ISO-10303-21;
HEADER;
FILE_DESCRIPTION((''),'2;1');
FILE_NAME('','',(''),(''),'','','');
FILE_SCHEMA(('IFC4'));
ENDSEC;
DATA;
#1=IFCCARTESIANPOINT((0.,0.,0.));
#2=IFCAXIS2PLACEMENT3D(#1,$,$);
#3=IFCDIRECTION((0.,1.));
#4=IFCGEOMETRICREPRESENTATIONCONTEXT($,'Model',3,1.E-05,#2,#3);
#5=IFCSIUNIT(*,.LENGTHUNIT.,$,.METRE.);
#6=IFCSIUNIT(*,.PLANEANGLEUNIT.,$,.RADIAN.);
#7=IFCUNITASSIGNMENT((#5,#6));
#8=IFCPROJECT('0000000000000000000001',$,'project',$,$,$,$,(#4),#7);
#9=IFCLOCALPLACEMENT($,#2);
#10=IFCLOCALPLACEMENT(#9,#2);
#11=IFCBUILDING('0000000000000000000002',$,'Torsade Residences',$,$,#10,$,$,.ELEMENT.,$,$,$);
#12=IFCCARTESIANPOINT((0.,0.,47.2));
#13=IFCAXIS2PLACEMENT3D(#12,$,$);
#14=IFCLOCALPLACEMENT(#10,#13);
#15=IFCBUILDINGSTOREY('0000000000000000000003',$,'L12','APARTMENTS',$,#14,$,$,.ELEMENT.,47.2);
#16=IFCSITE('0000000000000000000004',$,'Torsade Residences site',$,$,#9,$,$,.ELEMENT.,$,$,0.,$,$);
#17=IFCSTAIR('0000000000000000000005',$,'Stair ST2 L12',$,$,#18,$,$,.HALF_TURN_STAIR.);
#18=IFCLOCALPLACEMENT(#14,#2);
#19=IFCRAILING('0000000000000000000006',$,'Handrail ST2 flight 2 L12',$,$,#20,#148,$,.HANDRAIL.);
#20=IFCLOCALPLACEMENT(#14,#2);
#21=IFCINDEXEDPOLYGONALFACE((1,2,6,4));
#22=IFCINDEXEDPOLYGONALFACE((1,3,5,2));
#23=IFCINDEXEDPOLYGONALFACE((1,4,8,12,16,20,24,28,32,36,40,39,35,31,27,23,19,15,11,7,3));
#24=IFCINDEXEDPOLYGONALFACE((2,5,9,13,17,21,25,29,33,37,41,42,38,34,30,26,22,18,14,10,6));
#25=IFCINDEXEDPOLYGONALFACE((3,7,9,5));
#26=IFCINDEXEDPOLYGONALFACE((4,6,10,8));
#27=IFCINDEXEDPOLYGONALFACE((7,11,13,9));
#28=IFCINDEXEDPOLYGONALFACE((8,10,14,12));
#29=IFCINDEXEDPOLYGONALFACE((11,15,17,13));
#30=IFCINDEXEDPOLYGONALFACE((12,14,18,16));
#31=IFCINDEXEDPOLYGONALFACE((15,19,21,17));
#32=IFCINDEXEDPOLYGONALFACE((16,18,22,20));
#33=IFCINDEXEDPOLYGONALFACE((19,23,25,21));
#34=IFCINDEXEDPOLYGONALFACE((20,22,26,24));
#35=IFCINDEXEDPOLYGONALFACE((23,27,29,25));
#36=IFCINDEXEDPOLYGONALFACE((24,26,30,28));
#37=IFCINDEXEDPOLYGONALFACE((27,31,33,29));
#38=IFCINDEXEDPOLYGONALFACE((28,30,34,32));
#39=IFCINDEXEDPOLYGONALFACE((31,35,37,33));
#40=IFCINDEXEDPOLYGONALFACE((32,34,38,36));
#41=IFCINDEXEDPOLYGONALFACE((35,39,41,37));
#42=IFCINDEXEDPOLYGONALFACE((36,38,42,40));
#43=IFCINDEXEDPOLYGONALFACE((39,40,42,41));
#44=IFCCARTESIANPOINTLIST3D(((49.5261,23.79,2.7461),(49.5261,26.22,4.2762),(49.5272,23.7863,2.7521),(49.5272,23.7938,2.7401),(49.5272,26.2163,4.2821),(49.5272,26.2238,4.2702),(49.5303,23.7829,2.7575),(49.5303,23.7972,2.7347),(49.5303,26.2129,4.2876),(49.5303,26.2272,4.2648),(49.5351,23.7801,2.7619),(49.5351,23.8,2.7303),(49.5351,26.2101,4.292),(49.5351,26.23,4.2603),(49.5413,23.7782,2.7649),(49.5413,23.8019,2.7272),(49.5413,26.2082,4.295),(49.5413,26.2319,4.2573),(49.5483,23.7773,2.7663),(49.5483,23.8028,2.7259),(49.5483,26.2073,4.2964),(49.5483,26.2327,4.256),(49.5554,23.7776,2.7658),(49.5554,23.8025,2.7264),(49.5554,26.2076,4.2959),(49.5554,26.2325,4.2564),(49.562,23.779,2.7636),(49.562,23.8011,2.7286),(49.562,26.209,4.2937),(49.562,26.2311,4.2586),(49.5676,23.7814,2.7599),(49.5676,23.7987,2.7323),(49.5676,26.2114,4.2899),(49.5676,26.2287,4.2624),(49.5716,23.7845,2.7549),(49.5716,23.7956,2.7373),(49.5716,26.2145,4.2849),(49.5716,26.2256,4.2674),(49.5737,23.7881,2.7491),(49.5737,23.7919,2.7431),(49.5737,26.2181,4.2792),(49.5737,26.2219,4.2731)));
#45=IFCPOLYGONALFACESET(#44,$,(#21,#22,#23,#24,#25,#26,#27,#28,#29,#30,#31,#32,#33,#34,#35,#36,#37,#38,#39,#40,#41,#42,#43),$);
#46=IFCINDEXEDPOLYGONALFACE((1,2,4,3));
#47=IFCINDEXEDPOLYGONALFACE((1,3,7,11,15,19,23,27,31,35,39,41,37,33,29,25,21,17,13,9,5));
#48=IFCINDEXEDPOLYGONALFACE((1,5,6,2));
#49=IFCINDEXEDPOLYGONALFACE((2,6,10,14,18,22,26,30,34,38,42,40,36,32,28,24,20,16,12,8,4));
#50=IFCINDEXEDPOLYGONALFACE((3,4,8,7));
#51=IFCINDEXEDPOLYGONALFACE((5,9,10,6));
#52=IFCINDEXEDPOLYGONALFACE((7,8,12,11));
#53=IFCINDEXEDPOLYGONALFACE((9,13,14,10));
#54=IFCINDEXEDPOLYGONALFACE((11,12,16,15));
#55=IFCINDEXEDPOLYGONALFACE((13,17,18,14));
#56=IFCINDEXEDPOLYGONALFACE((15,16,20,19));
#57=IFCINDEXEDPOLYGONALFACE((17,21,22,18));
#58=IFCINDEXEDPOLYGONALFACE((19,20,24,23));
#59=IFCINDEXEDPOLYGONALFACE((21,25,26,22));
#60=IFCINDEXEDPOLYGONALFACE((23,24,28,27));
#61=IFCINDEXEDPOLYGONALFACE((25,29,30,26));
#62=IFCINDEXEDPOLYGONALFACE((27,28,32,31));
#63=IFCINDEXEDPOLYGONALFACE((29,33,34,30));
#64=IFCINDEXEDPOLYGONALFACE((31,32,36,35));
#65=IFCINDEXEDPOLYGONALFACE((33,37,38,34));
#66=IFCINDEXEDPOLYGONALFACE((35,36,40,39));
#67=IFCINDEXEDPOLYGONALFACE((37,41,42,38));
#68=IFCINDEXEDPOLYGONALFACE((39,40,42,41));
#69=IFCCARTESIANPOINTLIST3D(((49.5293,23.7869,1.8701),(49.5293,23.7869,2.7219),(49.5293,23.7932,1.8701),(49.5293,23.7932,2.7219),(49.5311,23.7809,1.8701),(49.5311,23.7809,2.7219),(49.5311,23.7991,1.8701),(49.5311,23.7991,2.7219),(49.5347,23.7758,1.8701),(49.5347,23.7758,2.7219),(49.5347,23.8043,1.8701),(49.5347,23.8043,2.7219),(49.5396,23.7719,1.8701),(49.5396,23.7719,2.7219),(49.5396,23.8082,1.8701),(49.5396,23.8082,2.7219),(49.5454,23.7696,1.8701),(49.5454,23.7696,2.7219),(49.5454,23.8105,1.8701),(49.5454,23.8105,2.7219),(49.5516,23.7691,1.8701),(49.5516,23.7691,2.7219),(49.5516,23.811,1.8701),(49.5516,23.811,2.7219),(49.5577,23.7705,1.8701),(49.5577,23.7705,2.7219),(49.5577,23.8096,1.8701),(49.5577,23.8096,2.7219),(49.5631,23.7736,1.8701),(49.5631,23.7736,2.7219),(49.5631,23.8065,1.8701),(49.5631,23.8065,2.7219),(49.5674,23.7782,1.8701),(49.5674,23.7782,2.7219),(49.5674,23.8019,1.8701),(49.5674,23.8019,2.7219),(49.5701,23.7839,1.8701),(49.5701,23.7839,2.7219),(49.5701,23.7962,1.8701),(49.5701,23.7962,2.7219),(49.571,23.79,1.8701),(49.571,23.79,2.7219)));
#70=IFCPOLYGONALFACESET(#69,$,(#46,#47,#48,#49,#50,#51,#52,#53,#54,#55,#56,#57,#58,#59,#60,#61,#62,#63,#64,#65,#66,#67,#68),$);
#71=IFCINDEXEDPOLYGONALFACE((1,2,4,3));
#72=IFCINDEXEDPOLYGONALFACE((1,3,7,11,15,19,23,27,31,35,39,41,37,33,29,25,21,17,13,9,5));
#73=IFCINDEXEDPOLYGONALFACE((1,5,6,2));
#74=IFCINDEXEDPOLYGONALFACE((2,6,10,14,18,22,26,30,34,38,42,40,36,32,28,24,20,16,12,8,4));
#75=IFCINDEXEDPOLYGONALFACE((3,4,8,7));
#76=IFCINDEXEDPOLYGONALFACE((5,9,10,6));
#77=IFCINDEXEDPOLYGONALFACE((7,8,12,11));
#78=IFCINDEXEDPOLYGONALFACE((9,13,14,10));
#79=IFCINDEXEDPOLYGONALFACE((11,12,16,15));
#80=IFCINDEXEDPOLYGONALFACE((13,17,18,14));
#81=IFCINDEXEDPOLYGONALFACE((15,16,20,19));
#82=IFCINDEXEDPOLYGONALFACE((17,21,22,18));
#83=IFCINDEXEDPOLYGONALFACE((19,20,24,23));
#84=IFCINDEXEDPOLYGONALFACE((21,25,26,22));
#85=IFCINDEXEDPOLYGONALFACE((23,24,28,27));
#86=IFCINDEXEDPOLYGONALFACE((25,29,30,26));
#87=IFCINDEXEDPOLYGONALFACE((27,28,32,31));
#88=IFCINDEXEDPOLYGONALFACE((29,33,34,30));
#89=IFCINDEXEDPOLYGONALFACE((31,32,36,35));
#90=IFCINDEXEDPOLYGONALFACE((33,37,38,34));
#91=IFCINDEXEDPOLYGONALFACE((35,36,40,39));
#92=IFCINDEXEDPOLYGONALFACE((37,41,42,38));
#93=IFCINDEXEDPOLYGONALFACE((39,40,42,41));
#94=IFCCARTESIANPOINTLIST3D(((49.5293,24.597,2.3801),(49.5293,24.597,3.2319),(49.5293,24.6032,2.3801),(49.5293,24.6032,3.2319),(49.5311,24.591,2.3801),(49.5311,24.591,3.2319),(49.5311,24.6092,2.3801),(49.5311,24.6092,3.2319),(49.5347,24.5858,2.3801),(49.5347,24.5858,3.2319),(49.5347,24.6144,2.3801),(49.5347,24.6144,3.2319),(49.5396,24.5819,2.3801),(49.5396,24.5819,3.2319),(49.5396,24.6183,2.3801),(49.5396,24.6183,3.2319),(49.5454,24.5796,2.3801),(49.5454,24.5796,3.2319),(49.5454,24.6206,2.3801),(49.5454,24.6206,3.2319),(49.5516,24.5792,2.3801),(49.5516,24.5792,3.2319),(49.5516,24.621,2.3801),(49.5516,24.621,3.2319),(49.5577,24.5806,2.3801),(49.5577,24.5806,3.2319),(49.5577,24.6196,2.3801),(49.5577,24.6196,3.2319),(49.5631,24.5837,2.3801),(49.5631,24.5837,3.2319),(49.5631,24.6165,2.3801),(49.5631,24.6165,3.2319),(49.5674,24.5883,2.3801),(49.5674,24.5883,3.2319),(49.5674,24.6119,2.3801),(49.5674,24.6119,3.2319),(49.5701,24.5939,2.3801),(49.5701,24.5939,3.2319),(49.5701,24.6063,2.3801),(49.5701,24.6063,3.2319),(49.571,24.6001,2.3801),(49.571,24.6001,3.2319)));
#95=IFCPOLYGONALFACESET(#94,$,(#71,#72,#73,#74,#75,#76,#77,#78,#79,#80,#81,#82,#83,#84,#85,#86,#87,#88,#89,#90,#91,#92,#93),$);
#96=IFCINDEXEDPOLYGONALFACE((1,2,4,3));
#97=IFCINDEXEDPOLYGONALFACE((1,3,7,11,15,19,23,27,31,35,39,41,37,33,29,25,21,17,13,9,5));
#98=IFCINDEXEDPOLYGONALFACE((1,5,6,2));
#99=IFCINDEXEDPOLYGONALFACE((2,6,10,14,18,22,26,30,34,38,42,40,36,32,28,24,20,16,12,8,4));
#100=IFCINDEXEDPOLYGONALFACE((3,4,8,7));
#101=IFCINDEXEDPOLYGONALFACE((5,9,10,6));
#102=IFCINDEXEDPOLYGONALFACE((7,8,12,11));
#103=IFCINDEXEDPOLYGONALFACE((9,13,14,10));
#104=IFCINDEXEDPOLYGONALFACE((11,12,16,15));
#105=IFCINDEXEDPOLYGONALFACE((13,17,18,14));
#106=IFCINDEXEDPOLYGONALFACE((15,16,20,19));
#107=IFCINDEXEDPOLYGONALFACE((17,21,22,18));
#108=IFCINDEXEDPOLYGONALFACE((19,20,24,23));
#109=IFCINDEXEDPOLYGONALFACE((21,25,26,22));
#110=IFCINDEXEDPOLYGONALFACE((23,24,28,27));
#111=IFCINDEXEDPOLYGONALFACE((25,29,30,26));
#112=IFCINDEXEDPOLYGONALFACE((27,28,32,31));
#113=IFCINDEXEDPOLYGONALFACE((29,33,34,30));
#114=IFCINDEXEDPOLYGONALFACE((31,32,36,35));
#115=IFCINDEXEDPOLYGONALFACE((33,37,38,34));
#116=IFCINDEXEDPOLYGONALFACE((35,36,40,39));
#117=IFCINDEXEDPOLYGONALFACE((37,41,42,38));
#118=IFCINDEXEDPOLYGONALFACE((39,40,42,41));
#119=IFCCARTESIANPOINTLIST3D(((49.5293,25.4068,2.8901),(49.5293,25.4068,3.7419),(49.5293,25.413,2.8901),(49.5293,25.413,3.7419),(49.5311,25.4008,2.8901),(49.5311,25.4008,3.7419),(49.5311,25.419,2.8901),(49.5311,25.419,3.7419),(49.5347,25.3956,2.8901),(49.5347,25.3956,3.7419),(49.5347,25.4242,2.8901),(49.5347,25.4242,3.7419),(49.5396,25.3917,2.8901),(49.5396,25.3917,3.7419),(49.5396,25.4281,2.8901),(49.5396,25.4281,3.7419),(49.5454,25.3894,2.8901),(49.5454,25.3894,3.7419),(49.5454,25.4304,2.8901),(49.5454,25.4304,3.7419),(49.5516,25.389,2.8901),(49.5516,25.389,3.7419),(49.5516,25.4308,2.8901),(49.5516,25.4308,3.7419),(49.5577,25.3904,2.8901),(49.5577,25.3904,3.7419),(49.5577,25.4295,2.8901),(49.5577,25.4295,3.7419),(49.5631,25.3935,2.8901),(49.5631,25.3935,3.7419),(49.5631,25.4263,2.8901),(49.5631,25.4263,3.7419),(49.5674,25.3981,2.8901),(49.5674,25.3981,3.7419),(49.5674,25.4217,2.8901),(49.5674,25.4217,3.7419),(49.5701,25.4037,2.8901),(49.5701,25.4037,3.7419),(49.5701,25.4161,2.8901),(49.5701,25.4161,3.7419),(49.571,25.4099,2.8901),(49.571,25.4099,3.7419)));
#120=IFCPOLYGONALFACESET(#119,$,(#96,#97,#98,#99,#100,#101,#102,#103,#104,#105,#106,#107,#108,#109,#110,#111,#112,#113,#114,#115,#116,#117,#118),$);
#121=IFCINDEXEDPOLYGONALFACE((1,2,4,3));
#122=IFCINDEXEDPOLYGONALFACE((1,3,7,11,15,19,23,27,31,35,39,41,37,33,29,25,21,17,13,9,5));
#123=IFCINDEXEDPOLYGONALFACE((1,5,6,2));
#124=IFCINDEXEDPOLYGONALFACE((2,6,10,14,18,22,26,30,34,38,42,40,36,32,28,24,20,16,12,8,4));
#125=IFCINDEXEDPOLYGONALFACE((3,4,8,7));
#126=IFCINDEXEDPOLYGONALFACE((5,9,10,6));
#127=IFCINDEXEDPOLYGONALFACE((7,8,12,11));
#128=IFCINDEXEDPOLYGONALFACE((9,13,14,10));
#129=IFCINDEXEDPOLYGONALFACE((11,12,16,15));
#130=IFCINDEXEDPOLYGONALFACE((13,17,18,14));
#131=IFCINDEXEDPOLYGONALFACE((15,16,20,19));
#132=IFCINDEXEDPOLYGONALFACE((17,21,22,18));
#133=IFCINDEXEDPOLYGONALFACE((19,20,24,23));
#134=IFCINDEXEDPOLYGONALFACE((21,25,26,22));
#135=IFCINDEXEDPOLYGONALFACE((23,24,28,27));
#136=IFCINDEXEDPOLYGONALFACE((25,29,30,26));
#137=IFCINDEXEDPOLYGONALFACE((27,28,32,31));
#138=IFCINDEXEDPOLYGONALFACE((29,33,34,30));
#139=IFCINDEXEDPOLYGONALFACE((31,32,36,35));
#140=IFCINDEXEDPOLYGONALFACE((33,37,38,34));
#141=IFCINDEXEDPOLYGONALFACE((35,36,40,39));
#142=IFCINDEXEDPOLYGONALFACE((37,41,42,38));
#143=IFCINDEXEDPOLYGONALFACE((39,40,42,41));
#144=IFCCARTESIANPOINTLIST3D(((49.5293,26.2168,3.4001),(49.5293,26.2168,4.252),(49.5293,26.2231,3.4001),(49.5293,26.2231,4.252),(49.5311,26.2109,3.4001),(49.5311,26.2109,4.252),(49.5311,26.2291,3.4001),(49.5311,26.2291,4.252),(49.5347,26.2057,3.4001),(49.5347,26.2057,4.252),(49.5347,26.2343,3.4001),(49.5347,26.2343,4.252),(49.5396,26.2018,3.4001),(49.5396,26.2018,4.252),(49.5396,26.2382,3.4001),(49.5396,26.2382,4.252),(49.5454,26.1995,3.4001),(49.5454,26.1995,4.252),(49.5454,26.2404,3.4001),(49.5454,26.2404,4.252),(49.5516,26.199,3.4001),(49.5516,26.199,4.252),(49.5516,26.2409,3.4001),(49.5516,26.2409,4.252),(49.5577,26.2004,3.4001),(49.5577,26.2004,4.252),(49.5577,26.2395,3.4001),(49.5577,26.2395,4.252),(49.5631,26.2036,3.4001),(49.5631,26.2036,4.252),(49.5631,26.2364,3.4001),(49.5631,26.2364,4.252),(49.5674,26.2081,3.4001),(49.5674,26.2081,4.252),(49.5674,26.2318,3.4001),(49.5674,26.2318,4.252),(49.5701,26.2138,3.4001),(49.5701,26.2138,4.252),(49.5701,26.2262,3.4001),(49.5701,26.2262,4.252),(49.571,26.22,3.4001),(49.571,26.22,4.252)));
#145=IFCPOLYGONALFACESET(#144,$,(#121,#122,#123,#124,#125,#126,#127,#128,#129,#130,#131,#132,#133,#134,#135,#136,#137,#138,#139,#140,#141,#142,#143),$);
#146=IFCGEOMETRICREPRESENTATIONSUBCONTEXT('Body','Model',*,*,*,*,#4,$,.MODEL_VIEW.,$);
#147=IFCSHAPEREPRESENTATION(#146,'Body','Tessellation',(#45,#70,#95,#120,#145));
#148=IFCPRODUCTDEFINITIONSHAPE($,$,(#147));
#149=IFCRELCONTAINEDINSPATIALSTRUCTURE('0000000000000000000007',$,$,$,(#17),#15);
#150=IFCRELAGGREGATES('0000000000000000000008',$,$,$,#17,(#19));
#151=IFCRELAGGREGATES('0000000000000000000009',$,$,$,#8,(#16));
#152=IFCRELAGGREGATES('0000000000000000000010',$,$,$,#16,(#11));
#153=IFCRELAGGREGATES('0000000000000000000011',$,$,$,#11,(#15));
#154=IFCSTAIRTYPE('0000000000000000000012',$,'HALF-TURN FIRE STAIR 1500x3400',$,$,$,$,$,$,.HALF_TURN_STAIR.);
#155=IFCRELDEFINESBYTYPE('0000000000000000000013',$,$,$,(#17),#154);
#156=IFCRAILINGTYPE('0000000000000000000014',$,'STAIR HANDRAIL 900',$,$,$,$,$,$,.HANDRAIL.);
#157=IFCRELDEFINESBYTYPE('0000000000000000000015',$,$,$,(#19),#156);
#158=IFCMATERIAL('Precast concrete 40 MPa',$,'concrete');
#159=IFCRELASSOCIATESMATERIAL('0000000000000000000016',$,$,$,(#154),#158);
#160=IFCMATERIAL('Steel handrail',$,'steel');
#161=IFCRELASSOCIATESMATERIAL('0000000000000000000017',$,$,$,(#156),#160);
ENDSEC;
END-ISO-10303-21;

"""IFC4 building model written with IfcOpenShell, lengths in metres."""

from ifc_helpers import new_model, si_unit, direction, frame, origin, origin_2d, place, context, subcontext, project, spatial, circle, extrude, material, type_object, element, aggregate, save


model = new_model("IFC4")

# Units and contexts
model_context = context("Model", 3, precision=1e-05, world=origin(), true_north=direction((0.0, 1.0)))
body_context = subcontext(model_context, "Body", "Model", "MODEL_VIEW")
ifc_project = project(units=[si_unit("LENGTHUNIT", "METRE"), si_unit("PLANEANGLEUNIT", "RADIAN")], contexts=[model_context])

# Site, building, storey
site_placement = place(None, origin())
site = spatial("IfcSite", under=ifc_project, at=site_placement, Name="Torsade Residences site", CompositionType="ELEMENT", RefElevation=0.0)
building_placement = place(site_placement, origin())
building = spatial("IfcBuilding", under=site, at=building_placement, Name="Torsade Residences", CompositionType="ELEMENT")
storey_placement = place(building_placement, frame((0.0, 0.0, 47.2)))
storey = spatial("IfcBuildingStorey", under=building, at=storey_placement, Name="L12", Description="APARTMENTS", CompositionType="ELEMENT", Elevation=47.2)

# Stair, railing
ifc_material_1 = material(Name="Precast concrete 40 MPa", Category="concrete")
stair_type = type_object("IfcStairType", Name="HALF-TURN FIRE STAIR 1500x3400", PredefinedType="HALF_TURN_STAIR", material=ifc_material_1)
stair_placement = place(storey_placement, origin())
stair = element("IfcStair", 1, at=stair_placement, inside=storey, type_object=stair_type, Name="Stair ST2 L12", PredefinedType="HALF_TURN_STAIR")
ifc_material_2 = material(Name="Steel handrail", Category="steel")
railing_type = type_object("IfcRailingType", Name="STAIR HANDRAIL 900", PredefinedType="HANDRAIL", material=ifc_material_2)
railing_1_placement = place(storey_placement, frame((49.55, 23.79, 1.8701)))
railing_1 = element("IfcRailing", 2, at=railing_1_placement, type_object=railing_type, Name="Handrail ST2 flight 2 L12", PredefinedType="HANDRAIL", context=body_context, shape_type="SweptSolid", body=[
    extrude(circle(Radius=0.0239, at=origin_2d()), frame((0.0, 0.0, 0.876), z_axis=(0.0, 0.846221, 0.532831), x_axis=(-1.0, 0.0, 0.0)), (0.0, 0.0, 1.0), 2.8716),
    extrude(circle(Radius=0.021, at=origin_2d()), origin(), (0.0, 0.0, 1.0), 0.8518),
    extrude(circle(Radius=0.021, at=origin_2d()), frame((0.0, 0.8101, 0.51)), (0.0, 0.0, 1.0), 0.8518),
    extrude(circle(Radius=0.021, at=origin_2d()), frame((0.0, 1.6199, 1.02)), (0.0, 0.0, 1.0), 0.8518),
    extrude(circle(Radius=0.021, at=origin_2d()), frame((0.0, 2.4299, 1.53)), (0.0, 0.0, 1.0), 0.8518),
])
aggregate(stair, [railing_1])

save(model, "model.ifc")
